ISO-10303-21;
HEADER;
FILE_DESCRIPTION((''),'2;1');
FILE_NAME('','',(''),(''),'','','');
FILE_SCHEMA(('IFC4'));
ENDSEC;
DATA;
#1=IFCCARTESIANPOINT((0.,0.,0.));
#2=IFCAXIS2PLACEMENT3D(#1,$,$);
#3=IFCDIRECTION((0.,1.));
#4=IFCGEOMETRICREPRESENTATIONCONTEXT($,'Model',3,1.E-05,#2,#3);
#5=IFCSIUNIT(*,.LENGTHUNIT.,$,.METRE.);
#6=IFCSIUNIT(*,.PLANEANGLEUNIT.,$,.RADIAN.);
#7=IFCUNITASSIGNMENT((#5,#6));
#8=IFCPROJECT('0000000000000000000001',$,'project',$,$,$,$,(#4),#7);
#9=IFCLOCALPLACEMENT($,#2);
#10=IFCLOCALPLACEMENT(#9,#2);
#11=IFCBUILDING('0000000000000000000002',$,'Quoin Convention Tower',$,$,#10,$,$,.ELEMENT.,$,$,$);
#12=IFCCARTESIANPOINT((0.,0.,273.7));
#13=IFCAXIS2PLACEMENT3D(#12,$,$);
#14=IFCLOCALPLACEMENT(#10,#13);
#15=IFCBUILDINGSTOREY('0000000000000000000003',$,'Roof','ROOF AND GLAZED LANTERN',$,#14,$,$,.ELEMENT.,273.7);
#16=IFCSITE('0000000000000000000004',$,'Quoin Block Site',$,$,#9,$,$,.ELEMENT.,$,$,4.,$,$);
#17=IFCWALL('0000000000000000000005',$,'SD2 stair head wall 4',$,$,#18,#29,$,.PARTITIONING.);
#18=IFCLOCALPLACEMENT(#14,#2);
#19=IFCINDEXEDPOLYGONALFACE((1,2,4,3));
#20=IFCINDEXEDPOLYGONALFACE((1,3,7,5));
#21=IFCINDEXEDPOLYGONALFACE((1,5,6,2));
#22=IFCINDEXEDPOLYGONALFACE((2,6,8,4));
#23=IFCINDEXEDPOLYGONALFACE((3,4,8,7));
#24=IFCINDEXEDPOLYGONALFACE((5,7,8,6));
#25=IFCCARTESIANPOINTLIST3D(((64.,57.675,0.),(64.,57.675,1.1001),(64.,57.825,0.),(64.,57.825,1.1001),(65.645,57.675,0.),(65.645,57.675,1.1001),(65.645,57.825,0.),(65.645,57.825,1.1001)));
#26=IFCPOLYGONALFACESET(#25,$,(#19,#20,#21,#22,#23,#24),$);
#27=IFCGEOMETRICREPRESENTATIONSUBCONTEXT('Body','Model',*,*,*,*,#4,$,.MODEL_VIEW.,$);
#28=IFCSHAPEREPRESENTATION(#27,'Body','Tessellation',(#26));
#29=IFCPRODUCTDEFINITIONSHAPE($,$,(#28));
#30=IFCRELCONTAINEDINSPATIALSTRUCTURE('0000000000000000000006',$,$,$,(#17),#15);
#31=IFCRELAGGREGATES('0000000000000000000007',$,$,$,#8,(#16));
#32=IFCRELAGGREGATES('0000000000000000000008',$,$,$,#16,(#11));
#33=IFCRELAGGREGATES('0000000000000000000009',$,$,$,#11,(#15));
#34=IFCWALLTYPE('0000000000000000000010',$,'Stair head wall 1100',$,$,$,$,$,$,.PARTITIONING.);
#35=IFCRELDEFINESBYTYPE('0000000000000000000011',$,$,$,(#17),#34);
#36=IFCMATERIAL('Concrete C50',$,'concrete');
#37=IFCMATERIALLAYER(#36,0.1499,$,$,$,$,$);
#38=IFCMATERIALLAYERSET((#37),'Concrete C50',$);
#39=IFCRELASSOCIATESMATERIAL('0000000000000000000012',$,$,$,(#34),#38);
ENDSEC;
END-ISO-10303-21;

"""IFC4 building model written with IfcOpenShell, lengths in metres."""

from ifc_helpers import new_model, si_unit, direction, frame, frame_2d, origin, place, context, subcontext, project, spatial, rectangle, extrude, material, layer, layer_set, type_object, element, save


model = new_model("IFC4")

# Units and contexts
model_context = context("Model", 3, precision=1e-05, world=origin(), true_north=direction((0.0, 1.0)))
body_context = subcontext(model_context, "Body", "Model", "MODEL_VIEW")
ifc_project = project(units=[si_unit("LENGTHUNIT", "METRE"), si_unit("PLANEANGLEUNIT", "RADIAN")], contexts=[model_context])

# Site, building, storey
site_placement = place(None, origin())
site = spatial("IfcSite", under=ifc_project, at=site_placement, Name="Quoin Block Site", CompositionType="ELEMENT", RefElevation=4.0)
building_placement = place(site_placement, origin())
building = spatial("IfcBuilding", under=site, at=building_placement, Name="Quoin Convention Tower", CompositionType="ELEMENT")
storey_placement = place(building_placement, frame((0.0, 0.0, 273.7)))
storey = spatial("IfcBuildingStorey", under=building, at=storey_placement, Name="Roof", Description="ROOF AND GLAZED LANTERN", CompositionType="ELEMENT", Elevation=273.7)

# Wall
ifc_material_1 = material(Name="Concrete C50", Category="concrete")
ifc_layer_1 = layer(ifc_material_1, 0.1499)
ifc_layer_set_1 = layer_set([ifc_layer_1], Name="Concrete C50")
wall_type = type_object("IfcWallType", Name="Stair head wall 1100", PredefinedType="PARTITIONING", material=ifc_layer_set_1)
wall_placement = place(storey_placement, frame((64.0, 57.75, 0.0), z_axis=(0.0, 0.0, 1.0), x_axis=(1.0, 0.0, 0.0)))
element("IfcWall", 1, at=wall_placement, inside=storey, type_object=wall_type, Name="SD2 stair head wall 4", PredefinedType="PARTITIONING", context=body_context, shape_type="SweptSolid", body=[
    extrude(rectangle(XDim=1.645, YDim=0.1499, at=frame_2d((0.8225, 0.0))), origin(), (0.0, 0.0, 1.0), 1.1001),
])

save(model, "model.ifc")
